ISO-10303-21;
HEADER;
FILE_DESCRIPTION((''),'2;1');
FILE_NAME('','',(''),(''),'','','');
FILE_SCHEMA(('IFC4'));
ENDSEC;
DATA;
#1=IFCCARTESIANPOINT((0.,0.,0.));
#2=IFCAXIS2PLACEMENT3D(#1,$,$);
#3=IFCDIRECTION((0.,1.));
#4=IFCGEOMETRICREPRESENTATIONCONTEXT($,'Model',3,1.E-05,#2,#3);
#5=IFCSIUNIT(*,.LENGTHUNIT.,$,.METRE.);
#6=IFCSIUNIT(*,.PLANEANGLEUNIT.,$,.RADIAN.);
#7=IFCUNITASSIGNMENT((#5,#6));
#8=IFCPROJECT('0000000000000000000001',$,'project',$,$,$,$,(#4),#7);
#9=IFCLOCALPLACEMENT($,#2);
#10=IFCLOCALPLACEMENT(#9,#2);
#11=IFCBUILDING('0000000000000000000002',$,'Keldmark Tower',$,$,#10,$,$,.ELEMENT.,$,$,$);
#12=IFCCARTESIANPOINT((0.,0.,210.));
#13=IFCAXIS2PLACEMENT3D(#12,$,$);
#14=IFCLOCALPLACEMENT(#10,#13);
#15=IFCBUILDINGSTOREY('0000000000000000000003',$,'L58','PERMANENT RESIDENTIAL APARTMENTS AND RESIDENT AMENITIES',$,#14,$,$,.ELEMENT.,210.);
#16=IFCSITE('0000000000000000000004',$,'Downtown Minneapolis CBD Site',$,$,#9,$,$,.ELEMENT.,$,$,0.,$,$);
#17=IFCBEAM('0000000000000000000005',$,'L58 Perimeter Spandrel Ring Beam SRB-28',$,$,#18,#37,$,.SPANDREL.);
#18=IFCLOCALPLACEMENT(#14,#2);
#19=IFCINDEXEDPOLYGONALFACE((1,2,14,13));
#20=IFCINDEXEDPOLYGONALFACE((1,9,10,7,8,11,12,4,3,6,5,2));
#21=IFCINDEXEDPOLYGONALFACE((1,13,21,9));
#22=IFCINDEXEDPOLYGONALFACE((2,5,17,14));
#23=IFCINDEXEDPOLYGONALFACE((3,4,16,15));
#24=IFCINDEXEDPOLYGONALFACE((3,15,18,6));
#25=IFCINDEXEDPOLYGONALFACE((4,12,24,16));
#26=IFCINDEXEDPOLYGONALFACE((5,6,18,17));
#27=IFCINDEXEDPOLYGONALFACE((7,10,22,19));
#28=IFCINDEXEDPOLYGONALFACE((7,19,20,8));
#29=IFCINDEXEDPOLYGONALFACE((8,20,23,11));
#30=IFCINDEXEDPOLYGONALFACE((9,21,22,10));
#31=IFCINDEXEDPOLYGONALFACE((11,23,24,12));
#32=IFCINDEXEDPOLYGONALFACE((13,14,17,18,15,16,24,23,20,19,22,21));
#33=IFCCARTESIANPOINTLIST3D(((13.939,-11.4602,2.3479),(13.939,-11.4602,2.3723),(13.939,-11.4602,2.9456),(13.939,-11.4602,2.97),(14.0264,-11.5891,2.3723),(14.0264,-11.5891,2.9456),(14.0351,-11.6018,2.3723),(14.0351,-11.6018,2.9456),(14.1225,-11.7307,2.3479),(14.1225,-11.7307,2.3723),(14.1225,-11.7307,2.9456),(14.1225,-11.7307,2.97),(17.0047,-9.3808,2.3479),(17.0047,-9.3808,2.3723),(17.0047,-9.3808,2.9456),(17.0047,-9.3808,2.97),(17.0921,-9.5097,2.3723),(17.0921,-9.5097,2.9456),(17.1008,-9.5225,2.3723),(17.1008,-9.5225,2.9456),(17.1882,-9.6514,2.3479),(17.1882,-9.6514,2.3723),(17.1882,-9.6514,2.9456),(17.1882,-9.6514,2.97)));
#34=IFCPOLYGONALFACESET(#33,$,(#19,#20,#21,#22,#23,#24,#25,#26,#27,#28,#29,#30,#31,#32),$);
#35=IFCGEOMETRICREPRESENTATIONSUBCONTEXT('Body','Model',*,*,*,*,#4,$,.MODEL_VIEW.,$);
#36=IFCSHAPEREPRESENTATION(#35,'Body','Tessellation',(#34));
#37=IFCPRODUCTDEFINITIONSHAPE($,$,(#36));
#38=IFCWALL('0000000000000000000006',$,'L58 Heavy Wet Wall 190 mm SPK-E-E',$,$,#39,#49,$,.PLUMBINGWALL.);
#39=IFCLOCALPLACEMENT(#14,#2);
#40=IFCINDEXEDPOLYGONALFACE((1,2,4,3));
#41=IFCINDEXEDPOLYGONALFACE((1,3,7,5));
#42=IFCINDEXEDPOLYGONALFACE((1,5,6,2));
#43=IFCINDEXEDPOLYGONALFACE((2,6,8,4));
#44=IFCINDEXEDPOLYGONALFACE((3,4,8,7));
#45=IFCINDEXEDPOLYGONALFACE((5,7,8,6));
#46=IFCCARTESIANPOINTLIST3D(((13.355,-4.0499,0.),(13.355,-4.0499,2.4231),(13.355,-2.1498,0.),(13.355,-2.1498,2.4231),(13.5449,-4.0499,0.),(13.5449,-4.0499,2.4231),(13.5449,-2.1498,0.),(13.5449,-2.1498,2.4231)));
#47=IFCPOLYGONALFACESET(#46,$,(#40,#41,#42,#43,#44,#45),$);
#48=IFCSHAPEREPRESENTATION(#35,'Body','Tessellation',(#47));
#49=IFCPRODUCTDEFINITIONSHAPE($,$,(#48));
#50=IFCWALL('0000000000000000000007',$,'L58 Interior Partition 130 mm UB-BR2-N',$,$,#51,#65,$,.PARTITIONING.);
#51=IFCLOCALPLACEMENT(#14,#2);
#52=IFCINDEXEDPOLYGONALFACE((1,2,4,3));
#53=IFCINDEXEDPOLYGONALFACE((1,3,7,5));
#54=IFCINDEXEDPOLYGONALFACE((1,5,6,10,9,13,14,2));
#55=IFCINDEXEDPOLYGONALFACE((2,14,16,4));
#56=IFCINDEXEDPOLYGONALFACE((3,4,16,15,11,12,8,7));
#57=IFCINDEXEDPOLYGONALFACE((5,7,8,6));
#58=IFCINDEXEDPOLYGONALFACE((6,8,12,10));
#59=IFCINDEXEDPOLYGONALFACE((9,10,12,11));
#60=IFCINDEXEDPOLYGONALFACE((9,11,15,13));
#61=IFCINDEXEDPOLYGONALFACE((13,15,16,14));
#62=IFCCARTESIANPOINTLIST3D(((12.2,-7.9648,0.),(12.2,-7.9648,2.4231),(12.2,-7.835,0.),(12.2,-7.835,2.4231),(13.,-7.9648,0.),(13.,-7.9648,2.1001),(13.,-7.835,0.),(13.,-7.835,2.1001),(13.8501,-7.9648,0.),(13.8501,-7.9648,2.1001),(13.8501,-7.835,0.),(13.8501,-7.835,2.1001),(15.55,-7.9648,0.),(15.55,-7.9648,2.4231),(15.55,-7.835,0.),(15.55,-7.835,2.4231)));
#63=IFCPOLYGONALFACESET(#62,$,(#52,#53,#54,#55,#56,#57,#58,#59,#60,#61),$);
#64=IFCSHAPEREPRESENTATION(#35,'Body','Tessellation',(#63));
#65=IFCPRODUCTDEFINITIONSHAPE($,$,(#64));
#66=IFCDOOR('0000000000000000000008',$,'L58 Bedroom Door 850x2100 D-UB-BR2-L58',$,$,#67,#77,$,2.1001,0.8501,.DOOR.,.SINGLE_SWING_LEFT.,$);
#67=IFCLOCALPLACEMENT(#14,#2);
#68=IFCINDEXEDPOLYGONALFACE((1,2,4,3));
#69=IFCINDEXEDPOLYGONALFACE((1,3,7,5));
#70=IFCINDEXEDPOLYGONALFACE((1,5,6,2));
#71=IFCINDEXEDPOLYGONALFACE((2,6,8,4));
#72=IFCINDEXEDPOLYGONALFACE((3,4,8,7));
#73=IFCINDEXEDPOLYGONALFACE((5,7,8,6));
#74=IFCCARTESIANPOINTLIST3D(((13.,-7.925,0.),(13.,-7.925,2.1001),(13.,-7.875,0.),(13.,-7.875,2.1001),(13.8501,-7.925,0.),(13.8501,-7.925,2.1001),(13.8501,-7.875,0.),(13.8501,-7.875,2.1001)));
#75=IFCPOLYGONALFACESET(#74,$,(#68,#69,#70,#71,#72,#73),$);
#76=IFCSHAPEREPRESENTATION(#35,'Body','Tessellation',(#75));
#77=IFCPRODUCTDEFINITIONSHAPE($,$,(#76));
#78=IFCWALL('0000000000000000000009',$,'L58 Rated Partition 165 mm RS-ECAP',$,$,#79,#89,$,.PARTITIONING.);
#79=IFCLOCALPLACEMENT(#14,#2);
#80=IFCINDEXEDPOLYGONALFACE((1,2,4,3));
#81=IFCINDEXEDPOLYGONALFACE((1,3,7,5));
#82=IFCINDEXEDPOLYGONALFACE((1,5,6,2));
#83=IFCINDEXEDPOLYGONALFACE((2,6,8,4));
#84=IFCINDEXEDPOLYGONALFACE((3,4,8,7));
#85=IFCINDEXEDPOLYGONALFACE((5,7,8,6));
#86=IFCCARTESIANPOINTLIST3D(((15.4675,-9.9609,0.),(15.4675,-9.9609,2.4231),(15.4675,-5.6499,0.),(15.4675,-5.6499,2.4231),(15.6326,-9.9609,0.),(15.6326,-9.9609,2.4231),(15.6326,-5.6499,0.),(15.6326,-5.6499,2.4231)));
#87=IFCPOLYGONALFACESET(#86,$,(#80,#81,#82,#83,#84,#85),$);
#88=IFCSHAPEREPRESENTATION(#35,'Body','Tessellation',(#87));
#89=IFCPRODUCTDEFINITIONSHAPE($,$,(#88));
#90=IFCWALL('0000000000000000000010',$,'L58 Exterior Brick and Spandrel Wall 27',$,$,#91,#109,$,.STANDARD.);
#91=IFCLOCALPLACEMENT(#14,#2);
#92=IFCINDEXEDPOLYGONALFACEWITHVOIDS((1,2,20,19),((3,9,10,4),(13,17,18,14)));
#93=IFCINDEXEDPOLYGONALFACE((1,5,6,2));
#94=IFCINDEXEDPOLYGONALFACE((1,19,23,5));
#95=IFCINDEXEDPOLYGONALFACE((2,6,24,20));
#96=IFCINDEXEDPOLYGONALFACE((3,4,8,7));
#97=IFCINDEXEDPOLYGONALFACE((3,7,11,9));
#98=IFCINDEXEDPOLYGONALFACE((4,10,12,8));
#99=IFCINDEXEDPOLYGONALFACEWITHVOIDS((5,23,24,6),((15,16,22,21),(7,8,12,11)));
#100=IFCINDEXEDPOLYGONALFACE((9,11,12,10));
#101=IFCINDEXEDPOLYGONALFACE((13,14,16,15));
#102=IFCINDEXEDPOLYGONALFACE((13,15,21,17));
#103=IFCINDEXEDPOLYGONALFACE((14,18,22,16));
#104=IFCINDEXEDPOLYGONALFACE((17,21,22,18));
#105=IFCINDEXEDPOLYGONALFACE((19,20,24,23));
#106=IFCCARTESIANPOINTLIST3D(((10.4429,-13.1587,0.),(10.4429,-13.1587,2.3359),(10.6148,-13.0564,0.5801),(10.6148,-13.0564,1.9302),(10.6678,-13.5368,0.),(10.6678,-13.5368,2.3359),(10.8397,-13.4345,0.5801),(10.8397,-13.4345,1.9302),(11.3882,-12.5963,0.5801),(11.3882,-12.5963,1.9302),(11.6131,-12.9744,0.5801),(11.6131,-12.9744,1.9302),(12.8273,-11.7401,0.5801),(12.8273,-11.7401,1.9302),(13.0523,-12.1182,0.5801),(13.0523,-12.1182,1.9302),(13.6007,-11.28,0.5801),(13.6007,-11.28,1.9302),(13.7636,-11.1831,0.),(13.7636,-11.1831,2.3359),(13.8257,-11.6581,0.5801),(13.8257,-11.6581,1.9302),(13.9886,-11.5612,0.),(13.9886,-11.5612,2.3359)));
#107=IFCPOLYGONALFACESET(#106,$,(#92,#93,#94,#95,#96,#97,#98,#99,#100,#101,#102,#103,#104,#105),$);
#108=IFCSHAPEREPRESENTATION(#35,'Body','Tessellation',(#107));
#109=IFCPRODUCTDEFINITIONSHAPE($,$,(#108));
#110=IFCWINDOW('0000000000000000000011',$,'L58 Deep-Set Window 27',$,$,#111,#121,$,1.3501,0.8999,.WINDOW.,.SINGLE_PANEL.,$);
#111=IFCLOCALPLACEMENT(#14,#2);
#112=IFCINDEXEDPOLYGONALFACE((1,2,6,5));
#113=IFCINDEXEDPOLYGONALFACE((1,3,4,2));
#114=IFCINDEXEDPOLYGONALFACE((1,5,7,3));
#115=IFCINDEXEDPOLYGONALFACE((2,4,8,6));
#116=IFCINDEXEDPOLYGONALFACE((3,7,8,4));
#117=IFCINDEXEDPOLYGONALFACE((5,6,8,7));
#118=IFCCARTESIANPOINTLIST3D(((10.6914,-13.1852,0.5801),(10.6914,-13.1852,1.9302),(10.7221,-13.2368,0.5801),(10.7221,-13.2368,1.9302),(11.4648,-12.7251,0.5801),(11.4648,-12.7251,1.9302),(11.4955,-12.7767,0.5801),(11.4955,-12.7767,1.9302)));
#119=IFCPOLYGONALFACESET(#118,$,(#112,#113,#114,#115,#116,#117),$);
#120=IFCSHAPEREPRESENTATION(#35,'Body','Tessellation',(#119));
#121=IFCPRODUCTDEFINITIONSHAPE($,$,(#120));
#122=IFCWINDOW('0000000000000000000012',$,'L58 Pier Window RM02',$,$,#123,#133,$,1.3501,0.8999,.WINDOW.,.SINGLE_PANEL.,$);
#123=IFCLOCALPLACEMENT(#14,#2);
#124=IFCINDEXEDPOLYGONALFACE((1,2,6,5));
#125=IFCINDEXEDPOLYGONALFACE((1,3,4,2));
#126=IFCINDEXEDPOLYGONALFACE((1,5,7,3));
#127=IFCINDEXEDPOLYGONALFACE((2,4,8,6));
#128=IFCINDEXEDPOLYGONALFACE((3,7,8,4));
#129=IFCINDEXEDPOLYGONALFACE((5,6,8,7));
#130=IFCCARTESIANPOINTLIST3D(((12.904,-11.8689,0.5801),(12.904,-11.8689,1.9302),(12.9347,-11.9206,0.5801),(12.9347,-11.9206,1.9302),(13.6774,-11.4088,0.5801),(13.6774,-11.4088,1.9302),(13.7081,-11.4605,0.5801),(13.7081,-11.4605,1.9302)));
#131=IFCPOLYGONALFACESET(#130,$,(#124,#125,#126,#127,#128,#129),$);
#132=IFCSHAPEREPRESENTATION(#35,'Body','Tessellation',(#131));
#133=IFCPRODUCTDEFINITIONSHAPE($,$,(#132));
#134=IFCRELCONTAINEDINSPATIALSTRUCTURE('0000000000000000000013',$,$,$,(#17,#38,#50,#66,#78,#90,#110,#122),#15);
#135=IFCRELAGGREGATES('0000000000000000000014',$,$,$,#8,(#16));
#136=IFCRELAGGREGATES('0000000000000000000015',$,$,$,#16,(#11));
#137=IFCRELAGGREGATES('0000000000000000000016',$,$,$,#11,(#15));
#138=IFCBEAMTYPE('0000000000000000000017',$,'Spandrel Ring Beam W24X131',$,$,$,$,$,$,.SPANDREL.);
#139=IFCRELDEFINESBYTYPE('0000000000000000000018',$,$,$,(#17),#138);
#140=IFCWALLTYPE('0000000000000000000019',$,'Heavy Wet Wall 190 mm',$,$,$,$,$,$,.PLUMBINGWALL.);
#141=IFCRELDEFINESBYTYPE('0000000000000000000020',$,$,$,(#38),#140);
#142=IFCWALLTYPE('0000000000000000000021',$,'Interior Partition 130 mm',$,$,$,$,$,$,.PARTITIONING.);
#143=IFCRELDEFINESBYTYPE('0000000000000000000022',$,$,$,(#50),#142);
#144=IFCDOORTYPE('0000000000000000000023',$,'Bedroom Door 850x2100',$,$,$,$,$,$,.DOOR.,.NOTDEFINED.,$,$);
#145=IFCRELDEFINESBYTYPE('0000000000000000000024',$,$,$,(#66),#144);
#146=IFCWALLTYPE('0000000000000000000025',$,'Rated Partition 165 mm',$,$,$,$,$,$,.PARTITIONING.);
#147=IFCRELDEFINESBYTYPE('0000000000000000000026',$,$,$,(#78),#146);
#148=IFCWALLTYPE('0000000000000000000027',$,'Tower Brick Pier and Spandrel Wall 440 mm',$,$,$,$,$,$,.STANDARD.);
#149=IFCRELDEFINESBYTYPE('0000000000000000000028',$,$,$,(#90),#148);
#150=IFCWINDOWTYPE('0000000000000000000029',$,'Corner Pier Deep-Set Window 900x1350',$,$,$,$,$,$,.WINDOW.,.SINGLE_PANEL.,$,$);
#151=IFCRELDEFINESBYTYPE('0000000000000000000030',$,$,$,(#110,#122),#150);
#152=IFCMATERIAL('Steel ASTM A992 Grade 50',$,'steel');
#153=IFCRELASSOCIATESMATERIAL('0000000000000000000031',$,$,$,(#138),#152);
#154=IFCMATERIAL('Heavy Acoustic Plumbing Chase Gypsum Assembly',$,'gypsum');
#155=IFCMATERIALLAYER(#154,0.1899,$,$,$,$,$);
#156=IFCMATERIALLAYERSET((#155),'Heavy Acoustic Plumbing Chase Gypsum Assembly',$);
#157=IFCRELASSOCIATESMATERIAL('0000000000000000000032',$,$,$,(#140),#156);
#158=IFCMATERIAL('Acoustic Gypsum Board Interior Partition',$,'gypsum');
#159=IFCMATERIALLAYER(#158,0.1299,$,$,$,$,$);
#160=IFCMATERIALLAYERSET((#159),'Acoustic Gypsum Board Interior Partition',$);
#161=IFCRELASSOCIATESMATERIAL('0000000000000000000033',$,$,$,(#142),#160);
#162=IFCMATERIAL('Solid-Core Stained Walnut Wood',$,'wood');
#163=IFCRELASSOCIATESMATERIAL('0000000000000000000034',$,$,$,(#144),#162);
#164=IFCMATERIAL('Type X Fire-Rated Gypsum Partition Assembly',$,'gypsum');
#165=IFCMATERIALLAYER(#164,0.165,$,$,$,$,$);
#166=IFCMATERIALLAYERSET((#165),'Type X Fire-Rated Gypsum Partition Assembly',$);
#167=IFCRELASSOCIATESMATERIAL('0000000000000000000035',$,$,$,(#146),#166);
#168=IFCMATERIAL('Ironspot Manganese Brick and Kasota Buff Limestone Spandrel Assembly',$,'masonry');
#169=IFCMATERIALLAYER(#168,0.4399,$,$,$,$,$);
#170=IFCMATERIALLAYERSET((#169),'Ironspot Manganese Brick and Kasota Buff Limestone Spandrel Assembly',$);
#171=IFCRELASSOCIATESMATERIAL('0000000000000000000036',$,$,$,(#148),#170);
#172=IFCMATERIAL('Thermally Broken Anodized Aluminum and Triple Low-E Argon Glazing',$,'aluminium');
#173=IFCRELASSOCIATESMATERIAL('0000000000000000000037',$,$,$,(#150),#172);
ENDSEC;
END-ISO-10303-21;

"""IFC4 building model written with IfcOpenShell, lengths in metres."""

from ifc_helpers import new_model, si_unit, direction, frame, frame_2d, origin, origin_2d, place, context, subcontext, project, spatial, rectangle, i_section, extrude, material, layer, layer_set, material_profile, profile_set, type_object, element, fill, save


model = new_model("IFC4")

# Units and contexts
model_context = context("Model", 3, precision=1e-05, world=origin(), true_north=direction((0.0, 1.0)))
body_context = subcontext(model_context, "Body", "Model", "MODEL_VIEW")
ifc_project = project(units=[si_unit("LENGTHUNIT", "METRE"), si_unit("PLANEANGLEUNIT", "RADIAN")], contexts=[model_context])

# Site, building, storey
site_placement = place(None, origin())
site = spatial("IfcSite", under=ifc_project, at=site_placement, Name="Downtown Minneapolis CBD Site", CompositionType="ELEMENT", RefElevation=0.0)
building_placement = place(site_placement, origin())
building = spatial("IfcBuilding", under=site, at=building_placement, Name="Keldmark Tower", CompositionType="ELEMENT")
storey_placement = place(building_placement, frame((0.0, 0.0, 210.0)))
storey = spatial("IfcBuildingStorey", under=building, at=storey_placement, Name="L58", Description="PERMANENT RESIDENTIAL APARTMENTS AND RESIDENT AMENITIES", CompositionType="ELEMENT", Elevation=210.0)

# Beam
ifc_material_1 = material(Name="Steel ASTM A992 Grade 50", Category="steel")
ifc_material_profile_1 = material_profile(ifc_material_1, i_section(OverallWidth=0.3269, OverallDepth=0.6221, WebThickness=0.0154, FlangeThickness=0.0244, at=origin_2d()), Name="W24X131")
ifc_profile_set_1 = profile_set([ifc_material_profile_1], Name="Steel ASTM A992 Grade 50")
beam_type_1 = type_object("IfcBeamType", Name="Spandrel Ring Beam W24X131", PredefinedType="SPANDREL", material=ifc_profile_set_1)
beam_1_placement = place(storey_placement, frame((14.0308, -11.5955, 2.6589), z_axis=(0.827593, 0.561329, 0.0), x_axis=(-0.561329, 0.827593, 0.0)))
element("IfcBeam", 1, at=beam_1_placement, inside=storey, type_object=beam_type_1, Name="L58 Perimeter Spandrel Ring Beam SRB-28", PredefinedType="SPANDREL", context=body_context, shape_type="SweptSolid", body=[
    extrude(i_section(OverallWidth=0.3269, OverallDepth=0.6221, WebThickness=0.0154, FlangeThickness=0.0244, at=origin_2d()), origin(), (0.0, 0.0, 1.0), 3.7043),
])

# Wall
ifc_material_2 = material(Name="Heavy Acoustic Plumbing Chase Gypsum Assembly", Category="gypsum")
ifc_layer_1 = layer(ifc_material_2, 0.1899)
ifc_layer_set_1 = layer_set([ifc_layer_1], Name="Heavy Acoustic Plumbing Chase Gypsum Assembly")
wall_type_1 = type_object("IfcWallType", Name="Heavy Wet Wall 190 mm", PredefinedType="PLUMBINGWALL", material=ifc_layer_set_1)
wall_1_placement = place(storey_placement, frame((13.45, -4.05, 0.0), z_axis=(0.0, 0.0, 1.0), x_axis=(0.0, 1.0, 0.0)))
element("IfcWall", 2, at=wall_1_placement, inside=storey, type_object=wall_type_1, Name="L58 Heavy Wet Wall 190 mm SPK-E-E", PredefinedType="PLUMBINGWALL", context=body_context, shape_type="SweptSolid", body=[
    extrude(rectangle(XDim=1.9001, YDim=0.1899, at=frame_2d((0.9502, 0.0))), origin(), (0.0, 0.0, 1.0), 2.4231),
])

# Wall, opening, door
ifc_material_3 = material(Name="Acoustic Gypsum Board Interior Partition", Category="gypsum")
ifc_layer_2 = layer(ifc_material_3, 0.1299)
ifc_layer_set_2 = layer_set([ifc_layer_2], Name="Acoustic Gypsum Board Interior Partition")
wall_type_2 = type_object("IfcWallType", Name="Interior Partition 130 mm", PredefinedType="PARTITIONING", material=ifc_layer_set_2)
wall_2_placement = place(storey_placement, frame((12.2, -7.8999, 0.0), z_axis=(0.0, 0.0, 1.0), x_axis=(1.0, 0.0, 0.0)))
wall_2 = element("IfcWall", 3, at=wall_2_placement, inside=storey, type_object=wall_type_2, Name="L58 Interior Partition 130 mm UB-BR2-N", PredefinedType="PARTITIONING", context=body_context, shape_type="SweptSolid", body=[
    extrude(rectangle(XDim=3.3501, YDim=0.1299, at=frame_2d((1.675, 0.0))), origin(), (0.0, 0.0, 1.0), 2.4231),
])
opening_1_placement = place(wall_2_placement, frame((0.8, 0.0, 0.0)))
opening_1 = element("IfcOpeningElement", 4, at=opening_1_placement, cuts=wall_2, PredefinedType="OPENING", context=body_context, shape_type="SweptSolid", body=[
    extrude(rectangle(XDim=0.8501, YDim=2.1001, at=frame_2d((0.425, 1.05))), frame((0.0, 0.075, 0.0), z_axis=(0.0, -1.0, 0.0), x_axis=(1.0, 0.0, 0.0)), (0.0, 0.0, 1.0), 0.1499),
])
ifc_material_4 = material(Name="Solid-Core Stained Walnut Wood", Category="wood")
door_type = type_object("IfcDoorType", Name="Bedroom Door 850x2100", OperationType="NOTDEFINED", PredefinedType="DOOR", material=ifc_material_4)
door_placement = place(opening_1_placement, origin())
door = element("IfcDoor", 5, at=door_placement, inside=storey, type_object=door_type, Name="L58 Bedroom Door 850x2100 D-UB-BR2-L58", OperationType="SINGLE_SWING_LEFT", OverallHeight=2.1001, OverallWidth=0.8501, PredefinedType="DOOR", context=body_context, shape_type="SweptSolid", body=[
    extrude(rectangle(XDim=0.8501, YDim=2.1001, at=frame_2d((0.425, 1.05))), frame((0.0, 0.0249, 0.0), z_axis=(0.0, -1.0, 0.0), x_axis=(1.0, 0.0, 0.0)), (0.0, 0.0, 1.0), 0.05),
])
fill(opening_1, door)

# Wall
ifc_material_5 = material(Name="Type X Fire-Rated Gypsum Partition Assembly", Category="gypsum")
ifc_layer_3 = layer(ifc_material_5, 0.165)
ifc_layer_set_3 = layer_set([ifc_layer_3], Name="Type X Fire-Rated Gypsum Partition Assembly")
wall_type_3 = type_object("IfcWallType", Name="Rated Partition 165 mm", PredefinedType="PARTITIONING", material=ifc_layer_set_3)
wall_3_placement = place(storey_placement, frame((15.55, -9.9609, 0.0), z_axis=(0.0, 0.0, 1.0), x_axis=(0.0, 1.0, 0.0)))
element("IfcWall", 6, at=wall_3_placement, inside=storey, type_object=wall_type_3, Name="L58 Rated Partition 165 mm RS-ECAP", PredefinedType="PARTITIONING", context=body_context, shape_type="SweptSolid", body=[
    extrude(rectangle(XDim=4.311, YDim=0.165, at=frame_2d((2.1555, 0.0))), origin(), (0.0, 0.0, 1.0), 2.4231),
])

# Wall, openings, windows
ifc_material_6 = material(Name="Ironspot Manganese Brick and Kasota Buff Limestone Spandrel Assembly", Category="masonry")
ifc_layer_4 = layer(ifc_material_6, 0.4399)
ifc_layer_set_4 = layer_set([ifc_layer_4], Name="Ironspot Manganese Brick and Kasota Buff Limestone Spandrel Assembly")
wall_type_4 = type_object("IfcWallType", Name="Tower Brick Pier and Spandrel Wall 440 mm", PredefinedType="STANDARD", material=ifc_layer_set_4)
wall_4_placement = place(storey_placement, frame((13.8762, -11.3721, 0.0), z_axis=(0.0, 0.0, 1.0), x_axis=(-0.859416, -0.511277, 0.0)))
wall_4 = element("IfcWall", 7, at=wall_4_placement, inside=storey, type_object=wall_type_4, Name="L58 Exterior Brick and Spandrel Wall 27", PredefinedType="STANDARD", context=body_context, shape_type="SweptSolid", body=[
    extrude(rectangle(XDim=3.864, YDim=0.4399, at=frame_2d((1.9321, 0.0))), origin(), (0.0, 0.0, 1.0), 2.3359),
])
opening_2_placement = place(wall_4_placement, frame((2.7642, 0.0, 0.5801)))
opening_2 = element("IfcOpeningElement", 8, at=opening_2_placement, cuts=wall_4, PredefinedType="OPENING", context=body_context, shape_type="SweptSolid", body=[
    extrude(rectangle(XDim=0.8999, YDim=1.3501, at=frame_2d((0.45, 0.675))), frame((0.0, 0.23, 0.0), z_axis=(0.0, -1.0, 0.0), x_axis=(1.0, 0.0, 0.0)), (0.0, 0.0, 1.0), 0.46),
])
opening_3_placement = place(wall_4_placement, frame((0.1897, 0.0, 0.5801)))
opening_3 = element("IfcOpeningElement", 9, at=opening_3_placement, cuts=wall_4, PredefinedType="OPENING", context=body_context, shape_type="SweptSolid", body=[
    extrude(rectangle(XDim=0.8999, YDim=1.3501, at=frame_2d((0.45, 0.675))), frame((0.0, 0.23, 0.0), z_axis=(0.0, -1.0, 0.0), x_axis=(1.0, 0.0, 0.0)), (0.0, 0.0, 1.0), 0.46),
])
ifc_material_7 = material(Name="Thermally Broken Anodized Aluminum and Triple Low-E Argon Glazing", Category="aluminium")
window_type = type_object("IfcWindowType", Name="Corner Pier Deep-Set Window 900x1350", PartitioningType="SINGLE_PANEL", PredefinedType="WINDOW", material=ifc_material_7)
window_1_placement = place(opening_2_placement, origin())
window_1 = element("IfcWindow", 10, at=window_1_placement, inside=storey, type_object=window_type, Name="L58 Deep-Set Window 27", OverallHeight=1.3501, OverallWidth=0.8999, PartitioningType="SINGLE_PANEL", PredefinedType="WINDOW", context=body_context, shape_type="SweptSolid", body=[
    extrude(rectangle(XDim=0.8999, YDim=1.3501, at=frame_2d((0.45, 0.675))), frame((0.0, -0.01, 0.0), z_axis=(0.0, -1.0, 0.0), x_axis=(1.0, 0.0, 0.0)), (0.0, 0.0, 1.0), 0.0601),
])
fill(opening_2, window_1)
window_2_placement = place(opening_3_placement, origin())
window_2 = element("IfcWindow", 11, at=window_2_placement, inside=storey, type_object=window_type, Name="L58 Pier Window RM02", OverallHeight=1.3501, OverallWidth=0.8999, PartitioningType="SINGLE_PANEL", PredefinedType="WINDOW", context=body_context, shape_type="SweptSolid", body=[
    extrude(rectangle(XDim=0.8999, YDim=1.3501, at=frame_2d((0.45, 0.675))), frame((0.0, -0.01, 0.0), z_axis=(0.0, -1.0, 0.0), x_axis=(1.0, 0.0, 0.0)), (0.0, 0.0, 1.0), 0.0601),
])
fill(opening_3, window_2)

save(model, "model.ifc")
